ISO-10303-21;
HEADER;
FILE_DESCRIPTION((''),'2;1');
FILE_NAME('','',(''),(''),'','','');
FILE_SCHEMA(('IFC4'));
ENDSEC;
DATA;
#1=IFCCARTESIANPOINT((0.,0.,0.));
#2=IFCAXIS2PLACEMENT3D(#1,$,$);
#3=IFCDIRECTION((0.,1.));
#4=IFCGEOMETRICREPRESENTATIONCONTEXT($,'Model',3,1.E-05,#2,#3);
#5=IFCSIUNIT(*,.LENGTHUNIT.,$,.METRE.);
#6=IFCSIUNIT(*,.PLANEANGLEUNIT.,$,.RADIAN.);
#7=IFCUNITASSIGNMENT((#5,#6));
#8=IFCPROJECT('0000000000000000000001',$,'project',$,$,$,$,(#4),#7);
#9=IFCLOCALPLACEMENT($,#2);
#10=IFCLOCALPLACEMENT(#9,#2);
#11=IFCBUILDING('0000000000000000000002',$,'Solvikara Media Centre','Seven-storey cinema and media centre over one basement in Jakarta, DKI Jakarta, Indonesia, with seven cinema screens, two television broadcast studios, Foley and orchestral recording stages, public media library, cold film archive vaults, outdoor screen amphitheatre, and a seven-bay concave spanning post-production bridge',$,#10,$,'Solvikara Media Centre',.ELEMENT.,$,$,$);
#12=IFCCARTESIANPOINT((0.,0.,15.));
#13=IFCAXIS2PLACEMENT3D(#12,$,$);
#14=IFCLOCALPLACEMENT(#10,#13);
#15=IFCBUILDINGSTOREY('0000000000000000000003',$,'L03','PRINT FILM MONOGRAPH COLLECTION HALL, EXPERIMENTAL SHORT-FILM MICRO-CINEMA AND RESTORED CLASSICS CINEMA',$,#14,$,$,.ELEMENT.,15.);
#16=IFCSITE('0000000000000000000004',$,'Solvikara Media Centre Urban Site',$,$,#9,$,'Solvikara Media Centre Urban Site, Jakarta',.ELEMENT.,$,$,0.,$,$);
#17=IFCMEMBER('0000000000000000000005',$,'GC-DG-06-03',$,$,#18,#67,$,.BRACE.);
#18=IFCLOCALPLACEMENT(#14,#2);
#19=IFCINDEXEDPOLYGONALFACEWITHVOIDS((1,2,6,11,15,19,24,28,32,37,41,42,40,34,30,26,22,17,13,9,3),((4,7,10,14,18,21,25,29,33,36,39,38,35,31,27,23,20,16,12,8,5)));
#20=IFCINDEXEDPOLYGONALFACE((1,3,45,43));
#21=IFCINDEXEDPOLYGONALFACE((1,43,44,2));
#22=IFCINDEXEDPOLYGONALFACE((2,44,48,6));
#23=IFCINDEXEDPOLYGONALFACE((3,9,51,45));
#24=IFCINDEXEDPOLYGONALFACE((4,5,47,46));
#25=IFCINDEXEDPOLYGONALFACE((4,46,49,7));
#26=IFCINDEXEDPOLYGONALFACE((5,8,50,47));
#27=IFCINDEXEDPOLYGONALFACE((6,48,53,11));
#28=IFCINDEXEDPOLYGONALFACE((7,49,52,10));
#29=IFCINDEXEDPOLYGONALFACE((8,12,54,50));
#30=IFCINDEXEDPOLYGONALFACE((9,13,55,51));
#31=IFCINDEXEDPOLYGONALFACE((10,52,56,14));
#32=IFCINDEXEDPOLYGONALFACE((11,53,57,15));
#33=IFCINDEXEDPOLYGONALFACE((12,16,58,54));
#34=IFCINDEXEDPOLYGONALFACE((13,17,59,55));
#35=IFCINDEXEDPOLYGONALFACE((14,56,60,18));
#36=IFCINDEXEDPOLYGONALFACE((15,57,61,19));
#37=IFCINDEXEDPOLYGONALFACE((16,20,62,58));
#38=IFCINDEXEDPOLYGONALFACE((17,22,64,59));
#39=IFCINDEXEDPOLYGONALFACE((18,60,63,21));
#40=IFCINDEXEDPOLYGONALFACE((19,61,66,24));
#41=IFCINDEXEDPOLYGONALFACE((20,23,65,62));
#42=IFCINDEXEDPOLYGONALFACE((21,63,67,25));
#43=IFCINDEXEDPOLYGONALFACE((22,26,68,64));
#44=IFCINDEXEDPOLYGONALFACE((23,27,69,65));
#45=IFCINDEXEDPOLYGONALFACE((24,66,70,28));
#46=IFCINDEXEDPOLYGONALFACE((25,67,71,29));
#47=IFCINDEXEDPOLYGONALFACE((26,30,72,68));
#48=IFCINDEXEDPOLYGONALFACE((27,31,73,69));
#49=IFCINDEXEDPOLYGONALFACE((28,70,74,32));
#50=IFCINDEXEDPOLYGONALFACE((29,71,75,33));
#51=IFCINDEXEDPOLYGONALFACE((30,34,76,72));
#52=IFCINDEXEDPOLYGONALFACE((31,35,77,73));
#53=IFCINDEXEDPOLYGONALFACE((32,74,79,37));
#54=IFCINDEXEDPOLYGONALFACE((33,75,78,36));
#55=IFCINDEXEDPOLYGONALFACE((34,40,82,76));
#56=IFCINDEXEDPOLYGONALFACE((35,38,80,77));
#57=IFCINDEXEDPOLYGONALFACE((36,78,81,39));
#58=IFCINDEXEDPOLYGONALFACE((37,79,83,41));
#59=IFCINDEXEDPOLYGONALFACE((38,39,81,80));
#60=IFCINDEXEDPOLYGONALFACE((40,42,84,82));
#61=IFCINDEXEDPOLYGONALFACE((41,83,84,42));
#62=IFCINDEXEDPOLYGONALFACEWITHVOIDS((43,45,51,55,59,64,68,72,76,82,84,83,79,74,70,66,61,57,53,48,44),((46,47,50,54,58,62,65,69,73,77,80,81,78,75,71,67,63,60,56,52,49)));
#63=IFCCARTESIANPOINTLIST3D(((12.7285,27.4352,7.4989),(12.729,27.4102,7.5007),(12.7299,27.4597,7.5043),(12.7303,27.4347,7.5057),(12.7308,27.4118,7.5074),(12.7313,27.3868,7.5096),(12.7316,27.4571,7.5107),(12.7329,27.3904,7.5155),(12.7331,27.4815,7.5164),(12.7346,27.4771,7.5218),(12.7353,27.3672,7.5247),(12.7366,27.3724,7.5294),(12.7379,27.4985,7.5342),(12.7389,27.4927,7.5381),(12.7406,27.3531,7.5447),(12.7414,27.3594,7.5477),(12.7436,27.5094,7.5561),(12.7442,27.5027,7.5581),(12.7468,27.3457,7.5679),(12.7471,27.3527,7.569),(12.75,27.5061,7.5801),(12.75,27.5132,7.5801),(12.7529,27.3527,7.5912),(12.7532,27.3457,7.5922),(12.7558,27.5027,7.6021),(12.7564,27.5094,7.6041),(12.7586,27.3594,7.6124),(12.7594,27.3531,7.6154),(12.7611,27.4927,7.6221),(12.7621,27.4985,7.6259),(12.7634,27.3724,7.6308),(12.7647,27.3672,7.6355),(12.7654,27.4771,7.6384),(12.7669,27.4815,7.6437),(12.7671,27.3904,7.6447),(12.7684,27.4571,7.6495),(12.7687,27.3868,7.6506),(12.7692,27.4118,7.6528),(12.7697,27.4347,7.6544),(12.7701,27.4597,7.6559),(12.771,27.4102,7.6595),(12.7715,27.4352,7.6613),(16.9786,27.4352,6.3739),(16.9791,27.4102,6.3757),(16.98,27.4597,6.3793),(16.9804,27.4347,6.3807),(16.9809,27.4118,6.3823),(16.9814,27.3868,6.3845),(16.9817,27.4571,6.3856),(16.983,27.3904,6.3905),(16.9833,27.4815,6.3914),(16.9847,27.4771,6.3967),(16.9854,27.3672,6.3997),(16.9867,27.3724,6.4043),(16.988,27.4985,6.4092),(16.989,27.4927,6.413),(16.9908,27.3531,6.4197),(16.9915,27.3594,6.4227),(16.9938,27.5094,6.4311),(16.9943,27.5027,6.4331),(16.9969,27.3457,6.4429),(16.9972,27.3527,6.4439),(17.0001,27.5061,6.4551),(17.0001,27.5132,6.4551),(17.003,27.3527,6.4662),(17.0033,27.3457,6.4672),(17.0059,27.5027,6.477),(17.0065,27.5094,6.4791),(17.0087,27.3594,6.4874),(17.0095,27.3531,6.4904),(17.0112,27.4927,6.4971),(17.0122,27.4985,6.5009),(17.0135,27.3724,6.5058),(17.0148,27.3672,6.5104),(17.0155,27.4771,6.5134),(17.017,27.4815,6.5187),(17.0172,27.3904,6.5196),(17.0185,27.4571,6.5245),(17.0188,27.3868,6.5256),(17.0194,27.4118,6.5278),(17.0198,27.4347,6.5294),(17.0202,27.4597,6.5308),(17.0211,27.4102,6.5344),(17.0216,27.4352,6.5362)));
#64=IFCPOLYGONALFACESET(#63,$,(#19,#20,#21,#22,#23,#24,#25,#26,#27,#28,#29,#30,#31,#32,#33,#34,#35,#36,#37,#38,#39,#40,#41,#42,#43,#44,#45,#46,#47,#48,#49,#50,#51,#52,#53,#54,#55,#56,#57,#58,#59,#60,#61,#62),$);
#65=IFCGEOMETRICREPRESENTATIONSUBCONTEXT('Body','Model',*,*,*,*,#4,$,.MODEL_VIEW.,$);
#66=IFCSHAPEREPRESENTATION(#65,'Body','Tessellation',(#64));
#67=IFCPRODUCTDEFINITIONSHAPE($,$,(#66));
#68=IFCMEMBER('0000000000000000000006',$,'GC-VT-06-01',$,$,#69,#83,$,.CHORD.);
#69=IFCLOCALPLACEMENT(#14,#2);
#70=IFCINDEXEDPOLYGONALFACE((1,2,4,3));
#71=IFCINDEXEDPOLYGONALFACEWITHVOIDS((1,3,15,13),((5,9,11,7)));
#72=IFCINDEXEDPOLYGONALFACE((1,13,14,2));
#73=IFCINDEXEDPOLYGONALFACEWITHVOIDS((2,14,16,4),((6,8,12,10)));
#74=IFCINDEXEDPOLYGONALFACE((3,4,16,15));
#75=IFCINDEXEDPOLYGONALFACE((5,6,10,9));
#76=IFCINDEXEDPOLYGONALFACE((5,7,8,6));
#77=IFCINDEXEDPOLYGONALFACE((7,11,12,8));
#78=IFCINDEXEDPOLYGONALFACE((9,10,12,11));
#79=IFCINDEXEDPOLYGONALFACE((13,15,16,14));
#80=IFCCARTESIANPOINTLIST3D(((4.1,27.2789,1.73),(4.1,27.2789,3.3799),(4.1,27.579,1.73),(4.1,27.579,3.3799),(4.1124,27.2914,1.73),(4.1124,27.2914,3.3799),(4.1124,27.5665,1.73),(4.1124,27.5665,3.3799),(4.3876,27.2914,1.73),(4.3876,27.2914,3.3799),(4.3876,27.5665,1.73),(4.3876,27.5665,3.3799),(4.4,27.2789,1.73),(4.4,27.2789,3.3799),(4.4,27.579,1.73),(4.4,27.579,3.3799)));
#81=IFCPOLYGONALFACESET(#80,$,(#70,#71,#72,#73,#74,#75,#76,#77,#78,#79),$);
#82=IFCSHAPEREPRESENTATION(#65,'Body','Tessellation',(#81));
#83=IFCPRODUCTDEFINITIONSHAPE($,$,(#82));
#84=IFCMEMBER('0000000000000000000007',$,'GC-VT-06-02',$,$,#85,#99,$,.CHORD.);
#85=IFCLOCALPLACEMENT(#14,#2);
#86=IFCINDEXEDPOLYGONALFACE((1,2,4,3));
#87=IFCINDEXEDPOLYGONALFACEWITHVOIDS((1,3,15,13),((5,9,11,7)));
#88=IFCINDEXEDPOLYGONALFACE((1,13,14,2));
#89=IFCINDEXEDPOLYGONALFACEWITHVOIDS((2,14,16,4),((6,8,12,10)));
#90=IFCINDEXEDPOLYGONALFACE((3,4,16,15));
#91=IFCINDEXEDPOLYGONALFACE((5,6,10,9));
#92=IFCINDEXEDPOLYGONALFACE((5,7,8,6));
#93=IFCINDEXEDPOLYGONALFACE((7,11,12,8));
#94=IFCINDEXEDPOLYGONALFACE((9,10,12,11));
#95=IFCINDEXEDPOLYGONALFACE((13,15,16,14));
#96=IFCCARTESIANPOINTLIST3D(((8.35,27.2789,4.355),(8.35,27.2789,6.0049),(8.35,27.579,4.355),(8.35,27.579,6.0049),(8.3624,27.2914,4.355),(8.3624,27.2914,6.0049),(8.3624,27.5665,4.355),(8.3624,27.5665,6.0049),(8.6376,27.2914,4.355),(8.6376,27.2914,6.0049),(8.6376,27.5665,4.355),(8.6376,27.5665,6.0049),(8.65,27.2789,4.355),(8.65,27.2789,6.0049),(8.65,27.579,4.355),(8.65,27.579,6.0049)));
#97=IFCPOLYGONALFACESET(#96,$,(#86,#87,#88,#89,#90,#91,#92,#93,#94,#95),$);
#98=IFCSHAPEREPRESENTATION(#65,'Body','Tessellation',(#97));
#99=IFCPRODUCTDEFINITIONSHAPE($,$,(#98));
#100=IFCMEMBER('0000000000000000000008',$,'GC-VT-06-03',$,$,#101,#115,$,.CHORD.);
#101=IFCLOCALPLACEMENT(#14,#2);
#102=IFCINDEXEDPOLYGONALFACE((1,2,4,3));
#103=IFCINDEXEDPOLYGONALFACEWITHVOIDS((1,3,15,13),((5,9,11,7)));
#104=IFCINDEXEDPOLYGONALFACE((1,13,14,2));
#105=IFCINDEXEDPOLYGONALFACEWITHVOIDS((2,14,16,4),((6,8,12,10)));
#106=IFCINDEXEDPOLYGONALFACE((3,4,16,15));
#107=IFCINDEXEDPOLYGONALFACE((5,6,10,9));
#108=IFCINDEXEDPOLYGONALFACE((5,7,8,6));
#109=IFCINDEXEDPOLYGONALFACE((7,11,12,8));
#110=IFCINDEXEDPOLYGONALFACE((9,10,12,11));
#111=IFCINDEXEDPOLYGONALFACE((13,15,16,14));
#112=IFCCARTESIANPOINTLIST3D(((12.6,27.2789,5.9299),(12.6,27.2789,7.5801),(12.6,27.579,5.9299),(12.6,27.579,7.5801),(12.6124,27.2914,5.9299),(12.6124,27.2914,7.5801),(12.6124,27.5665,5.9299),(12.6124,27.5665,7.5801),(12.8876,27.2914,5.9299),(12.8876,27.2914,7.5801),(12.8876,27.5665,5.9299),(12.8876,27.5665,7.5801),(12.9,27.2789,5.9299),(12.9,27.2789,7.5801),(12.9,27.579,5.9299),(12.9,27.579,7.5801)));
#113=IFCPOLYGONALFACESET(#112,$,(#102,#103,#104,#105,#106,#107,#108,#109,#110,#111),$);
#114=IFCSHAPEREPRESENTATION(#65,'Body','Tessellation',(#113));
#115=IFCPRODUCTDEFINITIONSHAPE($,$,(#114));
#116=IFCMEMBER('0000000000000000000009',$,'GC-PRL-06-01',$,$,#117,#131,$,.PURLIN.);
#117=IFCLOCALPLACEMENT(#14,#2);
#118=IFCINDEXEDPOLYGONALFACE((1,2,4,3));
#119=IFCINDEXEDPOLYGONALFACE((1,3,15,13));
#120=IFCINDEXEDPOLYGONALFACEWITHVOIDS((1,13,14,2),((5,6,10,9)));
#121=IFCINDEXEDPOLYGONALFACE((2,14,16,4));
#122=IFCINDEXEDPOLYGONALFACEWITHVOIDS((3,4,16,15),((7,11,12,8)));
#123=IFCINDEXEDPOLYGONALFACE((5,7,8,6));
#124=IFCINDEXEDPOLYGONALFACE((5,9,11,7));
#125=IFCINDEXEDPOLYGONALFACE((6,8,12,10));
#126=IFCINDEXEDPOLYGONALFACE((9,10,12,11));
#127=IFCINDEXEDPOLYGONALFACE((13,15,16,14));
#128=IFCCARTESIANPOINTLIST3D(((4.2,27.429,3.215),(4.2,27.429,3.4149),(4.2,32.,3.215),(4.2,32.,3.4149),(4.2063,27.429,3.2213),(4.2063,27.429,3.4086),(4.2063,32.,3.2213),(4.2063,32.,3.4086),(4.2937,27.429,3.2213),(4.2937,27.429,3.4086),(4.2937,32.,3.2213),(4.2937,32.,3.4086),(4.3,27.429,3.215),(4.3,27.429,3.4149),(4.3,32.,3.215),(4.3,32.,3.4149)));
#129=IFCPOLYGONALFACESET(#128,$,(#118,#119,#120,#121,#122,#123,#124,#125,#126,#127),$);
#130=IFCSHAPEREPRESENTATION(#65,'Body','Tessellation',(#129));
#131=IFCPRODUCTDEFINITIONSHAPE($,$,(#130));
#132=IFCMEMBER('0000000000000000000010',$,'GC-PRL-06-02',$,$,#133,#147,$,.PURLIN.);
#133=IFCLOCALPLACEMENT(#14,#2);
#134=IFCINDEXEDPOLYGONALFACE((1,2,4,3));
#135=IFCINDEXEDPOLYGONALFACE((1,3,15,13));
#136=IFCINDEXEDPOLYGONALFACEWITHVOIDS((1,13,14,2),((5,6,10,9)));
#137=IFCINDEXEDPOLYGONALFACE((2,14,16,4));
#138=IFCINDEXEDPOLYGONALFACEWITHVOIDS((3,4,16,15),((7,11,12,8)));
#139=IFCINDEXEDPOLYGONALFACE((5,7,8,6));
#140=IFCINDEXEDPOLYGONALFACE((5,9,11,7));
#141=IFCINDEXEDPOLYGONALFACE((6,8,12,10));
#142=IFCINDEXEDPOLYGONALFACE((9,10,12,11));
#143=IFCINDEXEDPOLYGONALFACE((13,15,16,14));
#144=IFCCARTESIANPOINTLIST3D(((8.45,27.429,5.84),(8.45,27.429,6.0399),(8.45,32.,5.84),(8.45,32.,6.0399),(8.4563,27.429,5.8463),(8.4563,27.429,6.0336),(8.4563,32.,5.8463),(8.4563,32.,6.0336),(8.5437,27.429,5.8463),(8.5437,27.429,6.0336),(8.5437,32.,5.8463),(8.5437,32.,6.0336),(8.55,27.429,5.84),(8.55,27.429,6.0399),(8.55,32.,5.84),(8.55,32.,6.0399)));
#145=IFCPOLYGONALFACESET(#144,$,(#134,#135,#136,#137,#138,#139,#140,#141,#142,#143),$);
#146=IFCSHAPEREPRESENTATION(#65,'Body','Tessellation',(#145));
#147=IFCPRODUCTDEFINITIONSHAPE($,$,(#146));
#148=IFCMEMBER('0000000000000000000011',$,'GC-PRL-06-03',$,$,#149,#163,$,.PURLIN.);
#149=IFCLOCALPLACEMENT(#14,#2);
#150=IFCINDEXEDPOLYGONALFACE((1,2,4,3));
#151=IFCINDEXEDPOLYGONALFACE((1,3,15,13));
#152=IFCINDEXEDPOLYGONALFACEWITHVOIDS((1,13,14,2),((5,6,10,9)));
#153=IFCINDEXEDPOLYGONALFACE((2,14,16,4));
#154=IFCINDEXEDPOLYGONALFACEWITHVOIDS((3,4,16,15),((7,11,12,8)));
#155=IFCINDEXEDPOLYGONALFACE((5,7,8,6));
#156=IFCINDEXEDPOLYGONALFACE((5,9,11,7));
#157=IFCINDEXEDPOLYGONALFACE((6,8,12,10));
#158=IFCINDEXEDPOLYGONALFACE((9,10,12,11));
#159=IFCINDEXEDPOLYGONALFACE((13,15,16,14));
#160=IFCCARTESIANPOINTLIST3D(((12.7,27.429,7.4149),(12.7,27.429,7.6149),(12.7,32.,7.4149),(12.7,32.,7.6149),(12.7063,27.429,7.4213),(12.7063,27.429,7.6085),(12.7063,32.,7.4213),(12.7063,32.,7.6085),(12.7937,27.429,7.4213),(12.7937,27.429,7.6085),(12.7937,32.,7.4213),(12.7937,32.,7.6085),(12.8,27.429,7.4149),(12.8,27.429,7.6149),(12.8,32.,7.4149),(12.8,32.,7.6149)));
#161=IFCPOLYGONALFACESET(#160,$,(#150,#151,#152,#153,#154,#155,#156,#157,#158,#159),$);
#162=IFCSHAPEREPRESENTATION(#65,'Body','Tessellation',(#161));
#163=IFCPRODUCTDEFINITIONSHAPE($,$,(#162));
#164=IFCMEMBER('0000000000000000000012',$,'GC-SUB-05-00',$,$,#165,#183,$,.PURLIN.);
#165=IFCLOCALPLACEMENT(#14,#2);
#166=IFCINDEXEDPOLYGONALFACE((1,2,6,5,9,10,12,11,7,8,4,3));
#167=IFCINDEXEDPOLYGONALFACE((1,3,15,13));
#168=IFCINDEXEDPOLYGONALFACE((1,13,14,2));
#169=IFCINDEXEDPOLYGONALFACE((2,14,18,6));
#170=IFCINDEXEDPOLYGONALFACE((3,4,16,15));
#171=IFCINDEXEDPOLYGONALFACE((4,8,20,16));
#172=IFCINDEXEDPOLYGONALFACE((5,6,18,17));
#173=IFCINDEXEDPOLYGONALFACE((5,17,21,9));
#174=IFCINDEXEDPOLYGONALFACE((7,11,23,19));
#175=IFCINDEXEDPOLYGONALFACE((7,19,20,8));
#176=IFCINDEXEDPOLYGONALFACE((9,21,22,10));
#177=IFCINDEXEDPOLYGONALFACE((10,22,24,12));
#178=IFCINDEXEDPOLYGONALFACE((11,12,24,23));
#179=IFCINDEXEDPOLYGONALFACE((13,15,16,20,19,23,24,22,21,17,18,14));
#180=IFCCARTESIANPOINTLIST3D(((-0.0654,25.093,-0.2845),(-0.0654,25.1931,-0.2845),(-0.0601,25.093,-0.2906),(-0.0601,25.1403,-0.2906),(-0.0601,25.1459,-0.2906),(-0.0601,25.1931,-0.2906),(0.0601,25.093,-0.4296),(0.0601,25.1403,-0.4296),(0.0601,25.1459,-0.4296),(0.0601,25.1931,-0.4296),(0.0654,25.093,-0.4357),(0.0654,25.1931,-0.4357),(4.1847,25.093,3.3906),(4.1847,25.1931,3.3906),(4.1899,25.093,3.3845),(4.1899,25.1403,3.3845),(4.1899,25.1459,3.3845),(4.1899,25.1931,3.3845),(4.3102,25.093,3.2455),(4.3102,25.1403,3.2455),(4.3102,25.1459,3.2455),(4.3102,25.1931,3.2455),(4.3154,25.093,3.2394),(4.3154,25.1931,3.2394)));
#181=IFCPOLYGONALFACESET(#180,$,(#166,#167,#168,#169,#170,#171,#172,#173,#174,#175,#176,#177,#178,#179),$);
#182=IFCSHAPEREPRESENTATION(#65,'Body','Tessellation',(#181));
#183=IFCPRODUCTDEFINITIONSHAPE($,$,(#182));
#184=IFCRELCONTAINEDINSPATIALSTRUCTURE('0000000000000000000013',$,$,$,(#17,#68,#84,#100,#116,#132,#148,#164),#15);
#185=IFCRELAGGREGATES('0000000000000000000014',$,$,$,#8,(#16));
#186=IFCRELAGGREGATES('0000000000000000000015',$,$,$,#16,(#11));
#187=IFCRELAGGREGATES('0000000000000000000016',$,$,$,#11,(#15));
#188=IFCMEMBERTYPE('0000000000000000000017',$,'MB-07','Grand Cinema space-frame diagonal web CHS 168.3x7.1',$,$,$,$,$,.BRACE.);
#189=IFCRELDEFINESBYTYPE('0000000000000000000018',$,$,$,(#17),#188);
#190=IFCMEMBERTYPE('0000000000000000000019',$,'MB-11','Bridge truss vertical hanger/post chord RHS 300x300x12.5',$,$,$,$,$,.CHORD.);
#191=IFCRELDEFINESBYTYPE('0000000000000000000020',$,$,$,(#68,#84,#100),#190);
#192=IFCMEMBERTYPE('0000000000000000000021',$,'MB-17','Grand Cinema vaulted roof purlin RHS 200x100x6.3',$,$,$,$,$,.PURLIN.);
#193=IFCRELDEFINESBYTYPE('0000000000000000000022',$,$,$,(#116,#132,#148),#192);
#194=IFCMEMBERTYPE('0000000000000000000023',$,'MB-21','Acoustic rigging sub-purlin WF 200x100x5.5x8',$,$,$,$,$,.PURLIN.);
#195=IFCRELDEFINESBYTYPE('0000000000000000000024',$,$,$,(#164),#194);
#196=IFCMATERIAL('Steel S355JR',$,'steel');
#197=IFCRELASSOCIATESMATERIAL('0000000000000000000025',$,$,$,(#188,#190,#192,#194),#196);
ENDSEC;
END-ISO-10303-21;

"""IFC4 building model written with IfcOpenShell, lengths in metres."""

from ifc_helpers import new_model, si_unit, direction, frame, origin, origin_2d, place, context, subcontext, project, spatial, hollow_rectangle, hollow_circle, i_section, extrude, material, material_profile, profile_set, type_object, element, save


model = new_model("IFC4")

# Units and contexts
model_context = context("Model", 3, precision=1e-05, world=origin(), true_north=direction((0.0, 1.0)))
body_context = subcontext(model_context, "Body", "Model", "MODEL_VIEW")
ifc_project = project(units=[si_unit("LENGTHUNIT", "METRE"), si_unit("PLANEANGLEUNIT", "RADIAN")], contexts=[model_context])

# Site, building, storey
site_placement = place(None, origin())
site = spatial("IfcSite", under=ifc_project, at=site_placement, Name="Solvikara Media Centre Urban Site", LongName="Solvikara Media Centre Urban Site, Jakarta", CompositionType="ELEMENT", RefElevation=0.0)
building_placement = place(site_placement, origin())
building = spatial("IfcBuilding", under=site, at=building_placement, Name="Solvikara Media Centre", Description="Seven-storey cinema and media centre over one basement in Jakarta, DKI Jakarta, Indonesia, with seven cinema screens, two television broadcast studios, Foley and orchestral recording stages, public media library, cold film archive vaults, outdoor screen amphitheatre, and a seven-bay concave spanning post-production bridge", LongName="Solvikara Media Centre", CompositionType="ELEMENT")
storey_placement = place(building_placement, frame((0.0, 0.0, 15.0)))
storey = spatial("IfcBuildingStorey", under=building, at=storey_placement, Name="L03", Description="PRINT FILM MONOGRAPH COLLECTION HALL, EXPERIMENTAL SHORT-FILM MICRO-CINEMA AND RESTORED CLASSICS CINEMA", CompositionType="ELEMENT", Elevation=15.0)

# Shared definitions
ifc_material_1 = material(Name="Steel S355JR", Category="steel")

# Members
ifc_material_profile_1 = material_profile(ifc_material_1, hollow_circle(Radius=0.0842, WallThickness=0.0071, at=origin_2d()), Name="CHS 168.3x7.1")
ifc_profile_set_1 = profile_set([ifc_material_profile_1], Name="Steel S355JR")
member_type_1 = type_object("IfcMemberType", Name="MB-07", Description="Grand Cinema space-frame diagonal web CHS 168.3x7.1", PredefinedType="BRACE", material=ifc_profile_set_1)
member_1_placement = place(storey_placement, frame((12.75, 27.429, 7.5801), z_axis=(0.966705, 0.0, -0.255893), x_axis=(0.0, 1.0, 0.0)))
element("IfcMember", 1, at=member_1_placement, inside=storey, type_object=member_type_1, Name="GC-DG-06-03", PredefinedType="BRACE", context=body_context, shape_type="SweptSolid", body=[
    extrude(hollow_circle(Radius=0.0842, WallThickness=0.0071, at=origin_2d()), origin(), (0.0, 0.0, 1.0), 4.3965),
])
ifc_material_profile_2 = material_profile(ifc_material_1, hollow_rectangle(XDim=0.3, YDim=0.3, WallThickness=0.0125, at=origin_2d()), Name="RHS 300x300x12.5")
ifc_profile_set_2 = profile_set([ifc_material_profile_2], Name="Steel S355JR")
member_type_2 = type_object("IfcMemberType", Name="MB-11", Description="Bridge truss vertical hanger/post chord RHS 300x300x12.5", PredefinedType="CHORD", material=ifc_profile_set_2)
for number, where, z_axis, x_axis, name in (
    (2, (4.25, 27.429, 1.73), (0.0, 0.0, 1.0), (1.0, 0.0, 0.0), "GC-VT-06-01"),
    (3, (8.5, 27.429, 4.355), (0.0, 0.0, 1.0), (1.0, 0.0, 0.0), "GC-VT-06-02"),
):
    element("IfcMember", number, at=place(storey_placement, frame(where, z_axis=z_axis, x_axis=x_axis)), inside=storey, type_object=member_type_2, Name=name, PredefinedType="CHORD", context=body_context, shape_type="SweptSolid", body=[
        extrude(hollow_rectangle(XDim=0.3, YDim=0.3, WallThickness=0.0125, at=origin_2d()), origin(), (0.0, 0.0, 1.0), 1.6499),
    ])
member_2_placement = place(storey_placement, frame((12.75, 27.429, 5.9299), z_axis=(0.0, 0.0, 1.0), x_axis=(1.0, 0.0, 0.0)))
element("IfcMember", 4, at=member_2_placement, inside=storey, type_object=member_type_2, Name="GC-VT-06-03", PredefinedType="CHORD", context=body_context, shape_type="SweptSolid", body=[
    extrude(hollow_rectangle(XDim=0.3, YDim=0.3, WallThickness=0.0125, at=origin_2d()), origin(), (0.0, 0.0, 1.0), 1.6501),
])
ifc_material_profile_3 = material_profile(ifc_material_1, hollow_rectangle(XDim=0.1001, YDim=0.2, WallThickness=0.0063, at=origin_2d()), Name="RHS 200x100x6.3")
ifc_profile_set_3 = profile_set([ifc_material_profile_3], Name="Steel S355JR")
member_type_3 = type_object("IfcMemberType", Name="MB-17", Description="Grand Cinema vaulted roof purlin RHS 200x100x6.3", PredefinedType="PURLIN", material=ifc_profile_set_3)
for number, where, z_axis, x_axis, name in (
    (5, (4.25, 27.429, 3.3149), (0.0, 1.0, 0.0), (-1.0, 0.0, 0.0), "GC-PRL-06-01"),
    (6, (8.5, 27.429, 5.9399), (0.0, 1.0, 0.0), (-1.0, 0.0, 0.0), "GC-PRL-06-02"),
    (7, (12.75, 27.429, 7.5149), (0.0, 1.0, 0.0), (-1.0, 0.0, 0.0), "GC-PRL-06-03"),
):
    element("IfcMember", number, at=place(storey_placement, frame(where, z_axis=z_axis, x_axis=x_axis)), inside=storey, type_object=member_type_3, Name=name, PredefinedType="PURLIN", context=body_context, shape_type="SweptSolid", body=[
        extrude(hollow_rectangle(XDim=0.1001, YDim=0.2, WallThickness=0.0063, at=origin_2d()), origin(), (0.0, 0.0, 1.0), 4.571),
    ])
ifc_material_profile_4 = material_profile(ifc_material_1, i_section(OverallWidth=0.1001, OverallDepth=0.2, WebThickness=0.0056, FlangeThickness=0.0081, at=origin_2d()), Name="WF 200x100x5.5x8")
ifc_profile_set_4 = profile_set([ifc_material_profile_4], Name="Steel S355JR")
member_type_4 = type_object("IfcMemberType", Name="MB-21", Description="Acoustic rigging sub-purlin WF 200x100x5.5x8", PredefinedType="PURLIN", material=ifc_profile_set_4)
member_3_placement = place(storey_placement, frame((0.0, 25.1431, -0.3601), z_axis=(0.756418, 0.0, 0.654088), x_axis=(0.0, 1.0, 0.0)))
element("IfcMember", 8, at=member_3_placement, inside=storey, type_object=member_type_4, Name="GC-SUB-05-00", PredefinedType="PURLIN", context=body_context, shape_type="SweptSolid", body=[
    extrude(i_section(OverallWidth=0.1001, OverallDepth=0.2, WebThickness=0.0056, FlangeThickness=0.0081, at=origin_2d()), origin(), (0.0, 0.0, 1.0), 5.6187),
])

save(model, "model.ifc")
